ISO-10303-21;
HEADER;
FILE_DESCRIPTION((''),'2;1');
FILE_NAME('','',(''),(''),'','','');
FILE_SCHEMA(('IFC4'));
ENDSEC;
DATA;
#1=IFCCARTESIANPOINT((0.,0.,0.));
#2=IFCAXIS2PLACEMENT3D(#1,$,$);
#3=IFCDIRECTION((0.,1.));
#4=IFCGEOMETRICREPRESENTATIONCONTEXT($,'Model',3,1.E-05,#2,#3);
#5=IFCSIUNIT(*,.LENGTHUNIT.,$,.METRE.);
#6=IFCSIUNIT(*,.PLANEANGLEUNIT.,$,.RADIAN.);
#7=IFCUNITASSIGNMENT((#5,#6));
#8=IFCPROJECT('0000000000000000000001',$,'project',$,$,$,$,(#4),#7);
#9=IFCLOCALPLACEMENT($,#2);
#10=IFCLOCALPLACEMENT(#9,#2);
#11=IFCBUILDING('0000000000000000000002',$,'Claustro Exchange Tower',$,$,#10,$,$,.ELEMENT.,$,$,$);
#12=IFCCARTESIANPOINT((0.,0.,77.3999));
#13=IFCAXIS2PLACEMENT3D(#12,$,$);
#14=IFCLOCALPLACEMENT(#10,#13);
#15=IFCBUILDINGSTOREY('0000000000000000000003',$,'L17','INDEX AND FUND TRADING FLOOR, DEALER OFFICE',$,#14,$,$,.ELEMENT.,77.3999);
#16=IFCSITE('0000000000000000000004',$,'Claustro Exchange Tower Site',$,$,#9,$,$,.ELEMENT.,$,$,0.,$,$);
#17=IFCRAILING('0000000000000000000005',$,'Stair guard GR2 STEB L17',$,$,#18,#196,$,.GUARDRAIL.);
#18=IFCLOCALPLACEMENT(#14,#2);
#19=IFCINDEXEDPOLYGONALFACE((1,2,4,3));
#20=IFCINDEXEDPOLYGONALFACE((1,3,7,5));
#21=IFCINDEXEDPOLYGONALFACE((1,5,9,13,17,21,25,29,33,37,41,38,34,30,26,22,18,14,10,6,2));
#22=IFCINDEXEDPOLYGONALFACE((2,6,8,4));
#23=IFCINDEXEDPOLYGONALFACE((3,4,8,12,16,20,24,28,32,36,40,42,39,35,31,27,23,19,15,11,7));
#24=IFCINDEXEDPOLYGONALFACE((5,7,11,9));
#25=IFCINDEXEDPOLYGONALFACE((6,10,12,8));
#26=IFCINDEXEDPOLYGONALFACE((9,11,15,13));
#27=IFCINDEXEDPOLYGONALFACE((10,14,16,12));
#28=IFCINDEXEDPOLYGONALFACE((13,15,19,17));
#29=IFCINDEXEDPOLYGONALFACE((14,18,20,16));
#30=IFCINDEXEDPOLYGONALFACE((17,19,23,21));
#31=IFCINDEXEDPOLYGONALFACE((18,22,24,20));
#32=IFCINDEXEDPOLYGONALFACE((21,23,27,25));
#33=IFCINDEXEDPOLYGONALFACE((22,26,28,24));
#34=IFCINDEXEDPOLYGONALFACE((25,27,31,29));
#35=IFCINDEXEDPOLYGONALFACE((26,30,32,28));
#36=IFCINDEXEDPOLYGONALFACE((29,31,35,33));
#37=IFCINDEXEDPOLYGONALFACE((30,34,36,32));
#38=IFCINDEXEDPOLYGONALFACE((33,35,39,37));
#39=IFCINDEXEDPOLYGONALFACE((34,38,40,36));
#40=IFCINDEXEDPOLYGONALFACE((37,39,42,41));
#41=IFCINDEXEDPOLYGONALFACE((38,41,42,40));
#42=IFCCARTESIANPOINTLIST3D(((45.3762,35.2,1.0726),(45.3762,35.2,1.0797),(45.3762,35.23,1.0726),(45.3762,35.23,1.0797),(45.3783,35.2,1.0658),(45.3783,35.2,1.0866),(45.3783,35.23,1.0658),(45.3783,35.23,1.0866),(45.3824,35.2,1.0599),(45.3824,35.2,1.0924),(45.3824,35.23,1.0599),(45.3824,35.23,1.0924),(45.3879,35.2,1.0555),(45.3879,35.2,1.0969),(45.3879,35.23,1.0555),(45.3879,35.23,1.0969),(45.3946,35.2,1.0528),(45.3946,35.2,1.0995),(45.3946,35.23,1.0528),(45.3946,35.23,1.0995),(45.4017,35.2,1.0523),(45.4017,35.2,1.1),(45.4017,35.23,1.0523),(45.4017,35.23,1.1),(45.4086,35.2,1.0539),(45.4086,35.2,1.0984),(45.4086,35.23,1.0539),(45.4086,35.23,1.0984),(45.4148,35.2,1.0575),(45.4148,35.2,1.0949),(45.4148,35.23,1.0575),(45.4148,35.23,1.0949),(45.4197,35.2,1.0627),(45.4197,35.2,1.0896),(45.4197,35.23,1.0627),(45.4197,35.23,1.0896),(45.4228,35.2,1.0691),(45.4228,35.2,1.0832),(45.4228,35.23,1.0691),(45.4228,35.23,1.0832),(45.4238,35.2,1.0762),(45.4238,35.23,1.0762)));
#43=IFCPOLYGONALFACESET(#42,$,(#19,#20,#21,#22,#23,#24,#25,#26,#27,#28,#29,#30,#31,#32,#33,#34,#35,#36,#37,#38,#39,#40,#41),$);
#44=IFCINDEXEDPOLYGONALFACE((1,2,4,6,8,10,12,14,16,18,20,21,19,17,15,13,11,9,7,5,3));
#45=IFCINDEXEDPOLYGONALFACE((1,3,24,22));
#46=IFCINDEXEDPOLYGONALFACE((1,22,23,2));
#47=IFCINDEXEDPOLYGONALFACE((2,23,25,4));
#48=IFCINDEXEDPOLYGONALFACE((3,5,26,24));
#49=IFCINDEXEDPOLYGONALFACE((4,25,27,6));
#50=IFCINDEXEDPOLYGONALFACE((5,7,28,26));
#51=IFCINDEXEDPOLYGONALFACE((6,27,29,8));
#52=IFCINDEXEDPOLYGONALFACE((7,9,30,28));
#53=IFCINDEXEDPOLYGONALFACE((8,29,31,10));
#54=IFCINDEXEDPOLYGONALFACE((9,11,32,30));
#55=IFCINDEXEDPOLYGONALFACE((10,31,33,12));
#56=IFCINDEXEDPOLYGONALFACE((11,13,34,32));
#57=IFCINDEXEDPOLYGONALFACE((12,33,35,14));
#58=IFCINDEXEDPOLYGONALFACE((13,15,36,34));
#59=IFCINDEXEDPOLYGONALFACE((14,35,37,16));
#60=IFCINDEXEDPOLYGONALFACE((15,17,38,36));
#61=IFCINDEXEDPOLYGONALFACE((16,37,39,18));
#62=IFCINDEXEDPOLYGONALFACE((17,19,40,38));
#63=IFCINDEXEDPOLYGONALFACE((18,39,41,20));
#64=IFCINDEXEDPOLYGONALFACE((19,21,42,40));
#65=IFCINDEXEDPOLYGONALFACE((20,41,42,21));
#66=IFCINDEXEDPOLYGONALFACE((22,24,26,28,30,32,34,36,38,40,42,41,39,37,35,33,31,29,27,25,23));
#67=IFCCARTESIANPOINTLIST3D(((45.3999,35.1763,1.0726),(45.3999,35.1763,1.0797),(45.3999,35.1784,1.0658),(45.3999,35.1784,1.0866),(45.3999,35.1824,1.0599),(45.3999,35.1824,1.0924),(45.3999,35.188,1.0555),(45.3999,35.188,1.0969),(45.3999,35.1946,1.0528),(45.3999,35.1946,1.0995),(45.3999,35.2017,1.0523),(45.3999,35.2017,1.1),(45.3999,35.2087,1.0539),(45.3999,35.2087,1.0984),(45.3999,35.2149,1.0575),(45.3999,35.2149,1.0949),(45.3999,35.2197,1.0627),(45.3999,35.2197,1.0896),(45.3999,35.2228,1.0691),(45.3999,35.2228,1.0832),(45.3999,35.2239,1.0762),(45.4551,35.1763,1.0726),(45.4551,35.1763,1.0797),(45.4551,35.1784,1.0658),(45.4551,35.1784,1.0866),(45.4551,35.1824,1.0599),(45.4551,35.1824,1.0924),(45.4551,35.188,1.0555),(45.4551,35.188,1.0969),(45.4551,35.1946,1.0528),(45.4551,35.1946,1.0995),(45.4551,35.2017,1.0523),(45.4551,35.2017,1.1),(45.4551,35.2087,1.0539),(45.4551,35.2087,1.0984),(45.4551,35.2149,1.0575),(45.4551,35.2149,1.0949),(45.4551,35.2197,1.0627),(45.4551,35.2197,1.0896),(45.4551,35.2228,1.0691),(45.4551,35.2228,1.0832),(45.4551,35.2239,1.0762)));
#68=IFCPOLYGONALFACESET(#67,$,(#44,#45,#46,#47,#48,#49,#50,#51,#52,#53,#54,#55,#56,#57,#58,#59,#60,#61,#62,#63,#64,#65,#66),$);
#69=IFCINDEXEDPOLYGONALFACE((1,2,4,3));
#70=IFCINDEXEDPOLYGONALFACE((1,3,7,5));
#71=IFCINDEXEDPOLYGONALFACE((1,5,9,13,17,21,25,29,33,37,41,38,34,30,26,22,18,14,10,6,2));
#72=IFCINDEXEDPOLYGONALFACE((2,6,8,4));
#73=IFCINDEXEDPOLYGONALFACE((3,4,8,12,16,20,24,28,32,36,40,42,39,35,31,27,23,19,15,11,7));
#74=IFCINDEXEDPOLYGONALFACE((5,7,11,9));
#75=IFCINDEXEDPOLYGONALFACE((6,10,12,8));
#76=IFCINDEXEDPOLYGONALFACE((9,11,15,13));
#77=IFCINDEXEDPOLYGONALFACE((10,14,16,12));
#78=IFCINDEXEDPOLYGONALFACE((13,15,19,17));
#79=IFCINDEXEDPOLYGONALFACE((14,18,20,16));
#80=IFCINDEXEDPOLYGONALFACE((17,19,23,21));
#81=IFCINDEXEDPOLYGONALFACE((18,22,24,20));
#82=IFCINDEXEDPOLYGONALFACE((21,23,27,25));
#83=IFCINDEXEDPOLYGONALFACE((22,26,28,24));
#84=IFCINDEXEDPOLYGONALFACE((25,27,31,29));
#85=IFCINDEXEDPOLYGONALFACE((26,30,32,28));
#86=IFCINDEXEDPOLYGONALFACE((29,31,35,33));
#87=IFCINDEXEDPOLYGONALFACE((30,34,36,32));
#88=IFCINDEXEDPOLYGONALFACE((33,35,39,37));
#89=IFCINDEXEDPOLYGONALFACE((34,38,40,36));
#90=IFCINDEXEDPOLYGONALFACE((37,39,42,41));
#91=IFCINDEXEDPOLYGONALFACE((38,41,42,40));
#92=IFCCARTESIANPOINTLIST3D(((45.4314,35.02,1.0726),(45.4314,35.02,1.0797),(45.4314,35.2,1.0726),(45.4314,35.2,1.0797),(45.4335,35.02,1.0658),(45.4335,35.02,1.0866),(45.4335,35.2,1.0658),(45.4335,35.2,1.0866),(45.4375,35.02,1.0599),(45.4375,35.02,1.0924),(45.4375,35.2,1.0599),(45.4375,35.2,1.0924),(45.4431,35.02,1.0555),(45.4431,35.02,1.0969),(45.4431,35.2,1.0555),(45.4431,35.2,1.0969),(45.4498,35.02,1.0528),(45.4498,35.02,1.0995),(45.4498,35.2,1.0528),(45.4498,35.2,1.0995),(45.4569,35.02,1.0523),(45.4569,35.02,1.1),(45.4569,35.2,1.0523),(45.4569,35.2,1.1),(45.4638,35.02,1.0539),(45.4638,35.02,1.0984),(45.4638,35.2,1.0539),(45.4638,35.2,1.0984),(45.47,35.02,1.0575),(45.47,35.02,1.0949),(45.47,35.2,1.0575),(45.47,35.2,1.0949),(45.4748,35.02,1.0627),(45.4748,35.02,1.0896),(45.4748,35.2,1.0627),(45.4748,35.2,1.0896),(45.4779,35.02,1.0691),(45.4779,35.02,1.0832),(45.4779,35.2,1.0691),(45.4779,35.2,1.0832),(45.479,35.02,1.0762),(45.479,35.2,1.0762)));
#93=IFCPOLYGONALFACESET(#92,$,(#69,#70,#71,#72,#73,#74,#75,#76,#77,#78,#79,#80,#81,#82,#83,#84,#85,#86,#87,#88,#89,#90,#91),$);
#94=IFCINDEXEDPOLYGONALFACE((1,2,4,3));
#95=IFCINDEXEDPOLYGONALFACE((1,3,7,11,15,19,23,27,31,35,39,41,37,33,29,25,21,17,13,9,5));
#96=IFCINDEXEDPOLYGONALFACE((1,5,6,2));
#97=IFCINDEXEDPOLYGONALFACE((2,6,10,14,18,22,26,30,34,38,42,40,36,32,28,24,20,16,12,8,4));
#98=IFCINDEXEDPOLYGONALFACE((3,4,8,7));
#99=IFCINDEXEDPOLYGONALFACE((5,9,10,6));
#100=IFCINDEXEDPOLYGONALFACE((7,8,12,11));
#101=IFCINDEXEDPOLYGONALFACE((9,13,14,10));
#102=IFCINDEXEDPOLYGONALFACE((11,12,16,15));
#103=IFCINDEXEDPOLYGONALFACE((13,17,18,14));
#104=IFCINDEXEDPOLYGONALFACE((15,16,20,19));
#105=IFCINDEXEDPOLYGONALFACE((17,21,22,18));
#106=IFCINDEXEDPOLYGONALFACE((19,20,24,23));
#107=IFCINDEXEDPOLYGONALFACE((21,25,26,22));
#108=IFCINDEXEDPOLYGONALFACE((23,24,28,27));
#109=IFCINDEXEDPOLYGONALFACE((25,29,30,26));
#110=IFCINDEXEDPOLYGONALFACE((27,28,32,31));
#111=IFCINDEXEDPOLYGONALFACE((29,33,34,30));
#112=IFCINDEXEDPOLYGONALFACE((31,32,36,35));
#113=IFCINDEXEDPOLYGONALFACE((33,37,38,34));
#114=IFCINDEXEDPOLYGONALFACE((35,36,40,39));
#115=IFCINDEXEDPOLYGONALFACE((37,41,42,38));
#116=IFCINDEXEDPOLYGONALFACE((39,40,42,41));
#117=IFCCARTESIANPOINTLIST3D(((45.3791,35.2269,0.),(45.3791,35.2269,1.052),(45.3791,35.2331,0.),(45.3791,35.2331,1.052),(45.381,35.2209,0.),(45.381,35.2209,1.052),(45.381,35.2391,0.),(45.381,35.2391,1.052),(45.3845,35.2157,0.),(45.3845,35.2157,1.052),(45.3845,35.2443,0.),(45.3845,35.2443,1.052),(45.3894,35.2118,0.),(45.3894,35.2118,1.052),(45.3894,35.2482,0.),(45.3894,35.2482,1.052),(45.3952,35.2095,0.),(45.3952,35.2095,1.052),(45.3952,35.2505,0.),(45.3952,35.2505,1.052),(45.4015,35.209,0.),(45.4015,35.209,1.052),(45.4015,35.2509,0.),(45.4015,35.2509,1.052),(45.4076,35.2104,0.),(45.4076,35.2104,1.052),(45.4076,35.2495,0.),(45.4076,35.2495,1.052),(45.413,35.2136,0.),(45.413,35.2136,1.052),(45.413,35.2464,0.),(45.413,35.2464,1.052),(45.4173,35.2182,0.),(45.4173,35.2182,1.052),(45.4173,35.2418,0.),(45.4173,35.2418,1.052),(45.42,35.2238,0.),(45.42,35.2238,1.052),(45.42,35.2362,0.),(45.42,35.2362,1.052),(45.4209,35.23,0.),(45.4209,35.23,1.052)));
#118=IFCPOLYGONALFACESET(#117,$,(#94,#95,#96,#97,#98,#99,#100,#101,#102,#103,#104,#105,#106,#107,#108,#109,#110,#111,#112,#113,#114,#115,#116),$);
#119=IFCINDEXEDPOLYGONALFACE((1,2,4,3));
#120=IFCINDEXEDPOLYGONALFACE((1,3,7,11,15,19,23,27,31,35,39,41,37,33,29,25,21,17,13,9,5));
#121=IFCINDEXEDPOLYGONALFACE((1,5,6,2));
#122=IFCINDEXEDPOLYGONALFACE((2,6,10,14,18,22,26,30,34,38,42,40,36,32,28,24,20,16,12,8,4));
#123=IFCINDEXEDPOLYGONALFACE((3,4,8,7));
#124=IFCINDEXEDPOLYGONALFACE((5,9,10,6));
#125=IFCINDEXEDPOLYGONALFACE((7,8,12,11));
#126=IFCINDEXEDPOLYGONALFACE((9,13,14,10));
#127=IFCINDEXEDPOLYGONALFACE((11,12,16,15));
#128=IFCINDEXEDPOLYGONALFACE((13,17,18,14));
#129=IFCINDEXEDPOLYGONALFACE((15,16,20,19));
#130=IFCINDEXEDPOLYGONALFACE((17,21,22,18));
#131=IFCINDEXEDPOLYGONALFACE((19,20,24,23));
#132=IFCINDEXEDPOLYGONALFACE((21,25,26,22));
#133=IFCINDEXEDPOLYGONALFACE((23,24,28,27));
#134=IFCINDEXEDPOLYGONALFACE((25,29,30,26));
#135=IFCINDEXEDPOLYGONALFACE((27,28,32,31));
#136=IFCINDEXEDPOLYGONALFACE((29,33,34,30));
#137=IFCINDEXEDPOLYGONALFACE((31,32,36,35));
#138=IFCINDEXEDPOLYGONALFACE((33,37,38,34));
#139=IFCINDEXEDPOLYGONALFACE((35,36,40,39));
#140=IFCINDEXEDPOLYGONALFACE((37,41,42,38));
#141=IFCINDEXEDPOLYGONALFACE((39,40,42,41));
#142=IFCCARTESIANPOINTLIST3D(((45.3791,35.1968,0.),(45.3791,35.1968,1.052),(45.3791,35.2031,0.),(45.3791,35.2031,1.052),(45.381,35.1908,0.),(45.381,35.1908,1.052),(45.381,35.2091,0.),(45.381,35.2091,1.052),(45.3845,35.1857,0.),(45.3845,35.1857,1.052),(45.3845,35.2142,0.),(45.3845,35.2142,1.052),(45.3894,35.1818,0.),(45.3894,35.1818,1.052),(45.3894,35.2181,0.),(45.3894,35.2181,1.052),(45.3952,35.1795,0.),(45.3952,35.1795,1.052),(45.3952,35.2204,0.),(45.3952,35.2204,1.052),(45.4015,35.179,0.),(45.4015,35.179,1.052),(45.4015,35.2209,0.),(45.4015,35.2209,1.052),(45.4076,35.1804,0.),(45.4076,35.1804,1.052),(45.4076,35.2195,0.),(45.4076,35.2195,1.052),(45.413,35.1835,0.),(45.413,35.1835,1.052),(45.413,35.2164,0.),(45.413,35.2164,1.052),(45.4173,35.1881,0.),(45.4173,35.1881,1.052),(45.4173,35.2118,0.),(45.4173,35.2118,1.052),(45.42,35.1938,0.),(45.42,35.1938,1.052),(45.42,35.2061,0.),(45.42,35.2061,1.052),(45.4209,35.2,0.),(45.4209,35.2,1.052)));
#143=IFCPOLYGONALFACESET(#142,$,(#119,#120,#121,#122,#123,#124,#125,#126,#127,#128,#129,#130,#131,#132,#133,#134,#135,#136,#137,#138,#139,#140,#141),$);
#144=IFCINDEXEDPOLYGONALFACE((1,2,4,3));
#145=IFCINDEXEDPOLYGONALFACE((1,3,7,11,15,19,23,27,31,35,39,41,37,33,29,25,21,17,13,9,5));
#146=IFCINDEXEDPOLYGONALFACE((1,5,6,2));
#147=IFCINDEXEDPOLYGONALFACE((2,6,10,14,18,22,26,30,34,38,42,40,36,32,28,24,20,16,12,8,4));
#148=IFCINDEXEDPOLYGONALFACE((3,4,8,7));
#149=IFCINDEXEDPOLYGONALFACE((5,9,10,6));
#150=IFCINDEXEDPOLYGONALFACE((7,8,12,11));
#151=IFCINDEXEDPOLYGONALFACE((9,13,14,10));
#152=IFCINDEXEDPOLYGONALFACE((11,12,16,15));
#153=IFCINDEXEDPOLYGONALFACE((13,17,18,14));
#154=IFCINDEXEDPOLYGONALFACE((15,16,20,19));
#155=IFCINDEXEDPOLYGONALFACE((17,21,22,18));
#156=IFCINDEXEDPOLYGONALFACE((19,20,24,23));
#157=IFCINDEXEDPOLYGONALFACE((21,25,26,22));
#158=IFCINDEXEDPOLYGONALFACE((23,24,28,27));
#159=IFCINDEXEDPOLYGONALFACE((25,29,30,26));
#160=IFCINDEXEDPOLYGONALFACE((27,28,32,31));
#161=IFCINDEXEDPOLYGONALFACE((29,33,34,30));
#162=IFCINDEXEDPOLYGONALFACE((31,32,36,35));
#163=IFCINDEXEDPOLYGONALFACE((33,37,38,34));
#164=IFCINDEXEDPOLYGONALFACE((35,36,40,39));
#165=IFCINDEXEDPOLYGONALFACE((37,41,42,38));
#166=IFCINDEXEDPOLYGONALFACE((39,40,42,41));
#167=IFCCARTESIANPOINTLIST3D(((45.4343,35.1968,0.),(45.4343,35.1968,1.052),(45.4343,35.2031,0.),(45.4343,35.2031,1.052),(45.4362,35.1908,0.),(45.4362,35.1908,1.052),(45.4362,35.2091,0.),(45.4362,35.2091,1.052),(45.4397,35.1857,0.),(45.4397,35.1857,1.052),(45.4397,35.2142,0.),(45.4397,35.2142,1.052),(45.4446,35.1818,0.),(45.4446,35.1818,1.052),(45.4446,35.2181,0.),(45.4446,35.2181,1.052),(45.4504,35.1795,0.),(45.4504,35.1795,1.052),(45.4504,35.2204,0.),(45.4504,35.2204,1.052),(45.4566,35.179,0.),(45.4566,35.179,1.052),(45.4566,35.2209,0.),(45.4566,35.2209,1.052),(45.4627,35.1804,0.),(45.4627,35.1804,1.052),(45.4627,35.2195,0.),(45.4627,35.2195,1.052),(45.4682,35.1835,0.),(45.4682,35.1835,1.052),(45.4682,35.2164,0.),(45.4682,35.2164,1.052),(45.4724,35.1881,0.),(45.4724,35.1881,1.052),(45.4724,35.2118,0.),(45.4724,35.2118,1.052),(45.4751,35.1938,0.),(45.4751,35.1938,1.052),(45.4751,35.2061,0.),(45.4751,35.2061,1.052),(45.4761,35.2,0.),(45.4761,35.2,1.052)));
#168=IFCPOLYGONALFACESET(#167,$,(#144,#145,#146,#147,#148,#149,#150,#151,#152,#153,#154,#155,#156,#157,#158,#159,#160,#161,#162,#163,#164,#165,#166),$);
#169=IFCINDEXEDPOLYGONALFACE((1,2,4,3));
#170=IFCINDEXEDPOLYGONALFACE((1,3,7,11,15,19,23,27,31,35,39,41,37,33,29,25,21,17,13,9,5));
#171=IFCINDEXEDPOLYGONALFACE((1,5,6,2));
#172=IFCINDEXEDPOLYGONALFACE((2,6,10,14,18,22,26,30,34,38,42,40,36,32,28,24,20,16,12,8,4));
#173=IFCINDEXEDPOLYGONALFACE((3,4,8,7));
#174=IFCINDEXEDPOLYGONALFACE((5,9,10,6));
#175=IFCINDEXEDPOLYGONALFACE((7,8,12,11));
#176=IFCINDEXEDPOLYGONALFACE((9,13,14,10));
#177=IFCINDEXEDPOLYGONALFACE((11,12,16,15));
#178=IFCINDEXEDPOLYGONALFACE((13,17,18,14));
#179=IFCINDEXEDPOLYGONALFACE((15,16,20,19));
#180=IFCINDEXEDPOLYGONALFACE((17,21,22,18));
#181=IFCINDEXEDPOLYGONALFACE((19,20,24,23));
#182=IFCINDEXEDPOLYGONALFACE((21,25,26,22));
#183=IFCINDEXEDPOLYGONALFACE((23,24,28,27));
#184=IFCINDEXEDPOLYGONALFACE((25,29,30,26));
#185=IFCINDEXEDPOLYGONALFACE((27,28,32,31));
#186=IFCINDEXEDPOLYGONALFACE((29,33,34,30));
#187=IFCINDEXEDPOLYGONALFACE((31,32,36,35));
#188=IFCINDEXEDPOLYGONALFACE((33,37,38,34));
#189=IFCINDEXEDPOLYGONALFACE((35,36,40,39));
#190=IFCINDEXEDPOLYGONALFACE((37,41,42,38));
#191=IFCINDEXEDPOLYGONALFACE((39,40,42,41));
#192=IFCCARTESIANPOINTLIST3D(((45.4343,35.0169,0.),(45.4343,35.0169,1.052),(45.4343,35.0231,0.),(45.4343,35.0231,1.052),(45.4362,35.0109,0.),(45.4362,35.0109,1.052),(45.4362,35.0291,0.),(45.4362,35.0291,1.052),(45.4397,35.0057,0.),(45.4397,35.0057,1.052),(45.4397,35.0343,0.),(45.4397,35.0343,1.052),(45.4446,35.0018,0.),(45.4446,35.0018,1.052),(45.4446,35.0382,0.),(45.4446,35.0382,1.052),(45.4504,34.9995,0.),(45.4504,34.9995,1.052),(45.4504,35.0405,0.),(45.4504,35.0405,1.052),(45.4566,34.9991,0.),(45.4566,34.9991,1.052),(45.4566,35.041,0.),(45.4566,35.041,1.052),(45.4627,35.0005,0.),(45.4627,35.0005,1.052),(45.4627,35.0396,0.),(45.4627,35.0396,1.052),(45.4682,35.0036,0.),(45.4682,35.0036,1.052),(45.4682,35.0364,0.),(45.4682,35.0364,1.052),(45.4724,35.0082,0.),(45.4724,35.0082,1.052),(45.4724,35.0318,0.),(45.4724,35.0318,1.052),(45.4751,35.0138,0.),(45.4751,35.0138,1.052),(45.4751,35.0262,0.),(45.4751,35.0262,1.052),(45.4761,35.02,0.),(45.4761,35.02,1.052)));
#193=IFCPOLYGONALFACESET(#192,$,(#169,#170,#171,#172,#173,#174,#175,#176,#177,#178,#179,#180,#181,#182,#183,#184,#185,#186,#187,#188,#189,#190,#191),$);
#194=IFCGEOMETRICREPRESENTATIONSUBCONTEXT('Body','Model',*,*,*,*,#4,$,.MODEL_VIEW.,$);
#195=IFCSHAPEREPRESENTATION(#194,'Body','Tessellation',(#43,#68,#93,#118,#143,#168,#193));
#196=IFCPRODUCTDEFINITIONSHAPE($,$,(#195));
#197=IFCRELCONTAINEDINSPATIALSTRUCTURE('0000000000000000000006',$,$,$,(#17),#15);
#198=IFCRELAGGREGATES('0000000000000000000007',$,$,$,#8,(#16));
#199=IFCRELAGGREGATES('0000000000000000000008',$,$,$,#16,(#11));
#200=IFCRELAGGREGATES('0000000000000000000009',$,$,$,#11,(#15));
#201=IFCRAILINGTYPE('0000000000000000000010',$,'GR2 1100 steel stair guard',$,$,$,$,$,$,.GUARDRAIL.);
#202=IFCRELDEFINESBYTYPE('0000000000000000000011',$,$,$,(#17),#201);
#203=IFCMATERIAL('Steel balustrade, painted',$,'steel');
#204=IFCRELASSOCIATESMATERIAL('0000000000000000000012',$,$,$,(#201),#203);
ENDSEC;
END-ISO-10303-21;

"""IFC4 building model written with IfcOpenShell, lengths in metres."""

from ifc_helpers import new_model, si_unit, direction, frame, origin, origin_2d, place, context, subcontext, project, spatial, circle, extrude, material, type_object, element, save


model = new_model("IFC4")

# Units and contexts
model_context = context("Model", 3, precision=1e-05, world=origin(), true_north=direction((0.0, 1.0)))
body_context = subcontext(model_context, "Body", "Model", "MODEL_VIEW")
ifc_project = project(units=[si_unit("LENGTHUNIT", "METRE"), si_unit("PLANEANGLEUNIT", "RADIAN")], contexts=[model_context])

# Site, building, storey
site_placement = place(None, origin())
site = spatial("IfcSite", under=ifc_project, at=site_placement, Name="Claustro Exchange Tower Site", CompositionType="ELEMENT", RefElevation=0.0)
building_placement = place(site_placement, origin())
building = spatial("IfcBuilding", under=site, at=building_placement, Name="Claustro Exchange Tower", CompositionType="ELEMENT")
storey_placement = place(building_placement, frame((0.0, 0.0, 77.3999)))
storey = spatial("IfcBuildingStorey", under=building, at=storey_placement, Name="L17", Description="INDEX AND FUND TRADING FLOOR, DEALER OFFICE", CompositionType="ELEMENT", Elevation=77.3999)

# Railing
ifc_material_1 = material(Name="Steel balustrade, painted", Category="steel")
railing_type_1 = type_object("IfcRailingType", Name="GR2 1100 steel stair guard", PredefinedType="GUARDRAIL", material=ifc_material_1)
railing_1_placement = place(storey_placement, frame((45.3999, 35.23, 0.0)))
element("IfcRailing", 1, at=railing_1_placement, inside=storey, type_object=railing_type_1, Name="Stair guard GR2 STEB L17", PredefinedType="GUARDRAIL", context=body_context, shape_type="SweptSolid", body=[
    extrude(circle(Radius=0.0239, at=origin_2d()), frame((0.0, 0.0, 1.0762), z_axis=(0.0, -1.0, 0.0), x_axis=(1.0, 0.0, 0.0)), (0.0, 0.0, 1.0), 0.03),
    extrude(circle(Radius=0.0239, at=origin_2d()), frame((0.0, -0.03, 1.0762), z_axis=(1.0, 0.0, 0.0), x_axis=(0.0, 1.0, 0.0)), (0.0, 0.0, 1.0), 0.0552),
    extrude(circle(Radius=0.0239, at=origin_2d()), frame((0.0552, -0.03, 1.0762), z_axis=(0.0, -1.0, 0.0), x_axis=(1.0, 0.0, 0.0)), (0.0, 0.0, 1.0), 0.1799),
    extrude(circle(Radius=0.021, at=origin_2d()), origin(), (0.0, 0.0, 1.0), 1.052),
    extrude(circle(Radius=0.021, at=origin_2d()), frame((0.0, -0.03, 0.0)), (0.0, 0.0, 1.0), 1.052),
    extrude(circle(Radius=0.021, at=origin_2d()), frame((0.0552, -0.03, 0.0)), (0.0, 0.0, 1.0), 1.052),
    extrude(circle(Radius=0.021, at=origin_2d()), frame((0.0552, -0.21, 0.0)), (0.0, 0.0, 1.0), 1.052),
])

save(model, "model.ifc")
